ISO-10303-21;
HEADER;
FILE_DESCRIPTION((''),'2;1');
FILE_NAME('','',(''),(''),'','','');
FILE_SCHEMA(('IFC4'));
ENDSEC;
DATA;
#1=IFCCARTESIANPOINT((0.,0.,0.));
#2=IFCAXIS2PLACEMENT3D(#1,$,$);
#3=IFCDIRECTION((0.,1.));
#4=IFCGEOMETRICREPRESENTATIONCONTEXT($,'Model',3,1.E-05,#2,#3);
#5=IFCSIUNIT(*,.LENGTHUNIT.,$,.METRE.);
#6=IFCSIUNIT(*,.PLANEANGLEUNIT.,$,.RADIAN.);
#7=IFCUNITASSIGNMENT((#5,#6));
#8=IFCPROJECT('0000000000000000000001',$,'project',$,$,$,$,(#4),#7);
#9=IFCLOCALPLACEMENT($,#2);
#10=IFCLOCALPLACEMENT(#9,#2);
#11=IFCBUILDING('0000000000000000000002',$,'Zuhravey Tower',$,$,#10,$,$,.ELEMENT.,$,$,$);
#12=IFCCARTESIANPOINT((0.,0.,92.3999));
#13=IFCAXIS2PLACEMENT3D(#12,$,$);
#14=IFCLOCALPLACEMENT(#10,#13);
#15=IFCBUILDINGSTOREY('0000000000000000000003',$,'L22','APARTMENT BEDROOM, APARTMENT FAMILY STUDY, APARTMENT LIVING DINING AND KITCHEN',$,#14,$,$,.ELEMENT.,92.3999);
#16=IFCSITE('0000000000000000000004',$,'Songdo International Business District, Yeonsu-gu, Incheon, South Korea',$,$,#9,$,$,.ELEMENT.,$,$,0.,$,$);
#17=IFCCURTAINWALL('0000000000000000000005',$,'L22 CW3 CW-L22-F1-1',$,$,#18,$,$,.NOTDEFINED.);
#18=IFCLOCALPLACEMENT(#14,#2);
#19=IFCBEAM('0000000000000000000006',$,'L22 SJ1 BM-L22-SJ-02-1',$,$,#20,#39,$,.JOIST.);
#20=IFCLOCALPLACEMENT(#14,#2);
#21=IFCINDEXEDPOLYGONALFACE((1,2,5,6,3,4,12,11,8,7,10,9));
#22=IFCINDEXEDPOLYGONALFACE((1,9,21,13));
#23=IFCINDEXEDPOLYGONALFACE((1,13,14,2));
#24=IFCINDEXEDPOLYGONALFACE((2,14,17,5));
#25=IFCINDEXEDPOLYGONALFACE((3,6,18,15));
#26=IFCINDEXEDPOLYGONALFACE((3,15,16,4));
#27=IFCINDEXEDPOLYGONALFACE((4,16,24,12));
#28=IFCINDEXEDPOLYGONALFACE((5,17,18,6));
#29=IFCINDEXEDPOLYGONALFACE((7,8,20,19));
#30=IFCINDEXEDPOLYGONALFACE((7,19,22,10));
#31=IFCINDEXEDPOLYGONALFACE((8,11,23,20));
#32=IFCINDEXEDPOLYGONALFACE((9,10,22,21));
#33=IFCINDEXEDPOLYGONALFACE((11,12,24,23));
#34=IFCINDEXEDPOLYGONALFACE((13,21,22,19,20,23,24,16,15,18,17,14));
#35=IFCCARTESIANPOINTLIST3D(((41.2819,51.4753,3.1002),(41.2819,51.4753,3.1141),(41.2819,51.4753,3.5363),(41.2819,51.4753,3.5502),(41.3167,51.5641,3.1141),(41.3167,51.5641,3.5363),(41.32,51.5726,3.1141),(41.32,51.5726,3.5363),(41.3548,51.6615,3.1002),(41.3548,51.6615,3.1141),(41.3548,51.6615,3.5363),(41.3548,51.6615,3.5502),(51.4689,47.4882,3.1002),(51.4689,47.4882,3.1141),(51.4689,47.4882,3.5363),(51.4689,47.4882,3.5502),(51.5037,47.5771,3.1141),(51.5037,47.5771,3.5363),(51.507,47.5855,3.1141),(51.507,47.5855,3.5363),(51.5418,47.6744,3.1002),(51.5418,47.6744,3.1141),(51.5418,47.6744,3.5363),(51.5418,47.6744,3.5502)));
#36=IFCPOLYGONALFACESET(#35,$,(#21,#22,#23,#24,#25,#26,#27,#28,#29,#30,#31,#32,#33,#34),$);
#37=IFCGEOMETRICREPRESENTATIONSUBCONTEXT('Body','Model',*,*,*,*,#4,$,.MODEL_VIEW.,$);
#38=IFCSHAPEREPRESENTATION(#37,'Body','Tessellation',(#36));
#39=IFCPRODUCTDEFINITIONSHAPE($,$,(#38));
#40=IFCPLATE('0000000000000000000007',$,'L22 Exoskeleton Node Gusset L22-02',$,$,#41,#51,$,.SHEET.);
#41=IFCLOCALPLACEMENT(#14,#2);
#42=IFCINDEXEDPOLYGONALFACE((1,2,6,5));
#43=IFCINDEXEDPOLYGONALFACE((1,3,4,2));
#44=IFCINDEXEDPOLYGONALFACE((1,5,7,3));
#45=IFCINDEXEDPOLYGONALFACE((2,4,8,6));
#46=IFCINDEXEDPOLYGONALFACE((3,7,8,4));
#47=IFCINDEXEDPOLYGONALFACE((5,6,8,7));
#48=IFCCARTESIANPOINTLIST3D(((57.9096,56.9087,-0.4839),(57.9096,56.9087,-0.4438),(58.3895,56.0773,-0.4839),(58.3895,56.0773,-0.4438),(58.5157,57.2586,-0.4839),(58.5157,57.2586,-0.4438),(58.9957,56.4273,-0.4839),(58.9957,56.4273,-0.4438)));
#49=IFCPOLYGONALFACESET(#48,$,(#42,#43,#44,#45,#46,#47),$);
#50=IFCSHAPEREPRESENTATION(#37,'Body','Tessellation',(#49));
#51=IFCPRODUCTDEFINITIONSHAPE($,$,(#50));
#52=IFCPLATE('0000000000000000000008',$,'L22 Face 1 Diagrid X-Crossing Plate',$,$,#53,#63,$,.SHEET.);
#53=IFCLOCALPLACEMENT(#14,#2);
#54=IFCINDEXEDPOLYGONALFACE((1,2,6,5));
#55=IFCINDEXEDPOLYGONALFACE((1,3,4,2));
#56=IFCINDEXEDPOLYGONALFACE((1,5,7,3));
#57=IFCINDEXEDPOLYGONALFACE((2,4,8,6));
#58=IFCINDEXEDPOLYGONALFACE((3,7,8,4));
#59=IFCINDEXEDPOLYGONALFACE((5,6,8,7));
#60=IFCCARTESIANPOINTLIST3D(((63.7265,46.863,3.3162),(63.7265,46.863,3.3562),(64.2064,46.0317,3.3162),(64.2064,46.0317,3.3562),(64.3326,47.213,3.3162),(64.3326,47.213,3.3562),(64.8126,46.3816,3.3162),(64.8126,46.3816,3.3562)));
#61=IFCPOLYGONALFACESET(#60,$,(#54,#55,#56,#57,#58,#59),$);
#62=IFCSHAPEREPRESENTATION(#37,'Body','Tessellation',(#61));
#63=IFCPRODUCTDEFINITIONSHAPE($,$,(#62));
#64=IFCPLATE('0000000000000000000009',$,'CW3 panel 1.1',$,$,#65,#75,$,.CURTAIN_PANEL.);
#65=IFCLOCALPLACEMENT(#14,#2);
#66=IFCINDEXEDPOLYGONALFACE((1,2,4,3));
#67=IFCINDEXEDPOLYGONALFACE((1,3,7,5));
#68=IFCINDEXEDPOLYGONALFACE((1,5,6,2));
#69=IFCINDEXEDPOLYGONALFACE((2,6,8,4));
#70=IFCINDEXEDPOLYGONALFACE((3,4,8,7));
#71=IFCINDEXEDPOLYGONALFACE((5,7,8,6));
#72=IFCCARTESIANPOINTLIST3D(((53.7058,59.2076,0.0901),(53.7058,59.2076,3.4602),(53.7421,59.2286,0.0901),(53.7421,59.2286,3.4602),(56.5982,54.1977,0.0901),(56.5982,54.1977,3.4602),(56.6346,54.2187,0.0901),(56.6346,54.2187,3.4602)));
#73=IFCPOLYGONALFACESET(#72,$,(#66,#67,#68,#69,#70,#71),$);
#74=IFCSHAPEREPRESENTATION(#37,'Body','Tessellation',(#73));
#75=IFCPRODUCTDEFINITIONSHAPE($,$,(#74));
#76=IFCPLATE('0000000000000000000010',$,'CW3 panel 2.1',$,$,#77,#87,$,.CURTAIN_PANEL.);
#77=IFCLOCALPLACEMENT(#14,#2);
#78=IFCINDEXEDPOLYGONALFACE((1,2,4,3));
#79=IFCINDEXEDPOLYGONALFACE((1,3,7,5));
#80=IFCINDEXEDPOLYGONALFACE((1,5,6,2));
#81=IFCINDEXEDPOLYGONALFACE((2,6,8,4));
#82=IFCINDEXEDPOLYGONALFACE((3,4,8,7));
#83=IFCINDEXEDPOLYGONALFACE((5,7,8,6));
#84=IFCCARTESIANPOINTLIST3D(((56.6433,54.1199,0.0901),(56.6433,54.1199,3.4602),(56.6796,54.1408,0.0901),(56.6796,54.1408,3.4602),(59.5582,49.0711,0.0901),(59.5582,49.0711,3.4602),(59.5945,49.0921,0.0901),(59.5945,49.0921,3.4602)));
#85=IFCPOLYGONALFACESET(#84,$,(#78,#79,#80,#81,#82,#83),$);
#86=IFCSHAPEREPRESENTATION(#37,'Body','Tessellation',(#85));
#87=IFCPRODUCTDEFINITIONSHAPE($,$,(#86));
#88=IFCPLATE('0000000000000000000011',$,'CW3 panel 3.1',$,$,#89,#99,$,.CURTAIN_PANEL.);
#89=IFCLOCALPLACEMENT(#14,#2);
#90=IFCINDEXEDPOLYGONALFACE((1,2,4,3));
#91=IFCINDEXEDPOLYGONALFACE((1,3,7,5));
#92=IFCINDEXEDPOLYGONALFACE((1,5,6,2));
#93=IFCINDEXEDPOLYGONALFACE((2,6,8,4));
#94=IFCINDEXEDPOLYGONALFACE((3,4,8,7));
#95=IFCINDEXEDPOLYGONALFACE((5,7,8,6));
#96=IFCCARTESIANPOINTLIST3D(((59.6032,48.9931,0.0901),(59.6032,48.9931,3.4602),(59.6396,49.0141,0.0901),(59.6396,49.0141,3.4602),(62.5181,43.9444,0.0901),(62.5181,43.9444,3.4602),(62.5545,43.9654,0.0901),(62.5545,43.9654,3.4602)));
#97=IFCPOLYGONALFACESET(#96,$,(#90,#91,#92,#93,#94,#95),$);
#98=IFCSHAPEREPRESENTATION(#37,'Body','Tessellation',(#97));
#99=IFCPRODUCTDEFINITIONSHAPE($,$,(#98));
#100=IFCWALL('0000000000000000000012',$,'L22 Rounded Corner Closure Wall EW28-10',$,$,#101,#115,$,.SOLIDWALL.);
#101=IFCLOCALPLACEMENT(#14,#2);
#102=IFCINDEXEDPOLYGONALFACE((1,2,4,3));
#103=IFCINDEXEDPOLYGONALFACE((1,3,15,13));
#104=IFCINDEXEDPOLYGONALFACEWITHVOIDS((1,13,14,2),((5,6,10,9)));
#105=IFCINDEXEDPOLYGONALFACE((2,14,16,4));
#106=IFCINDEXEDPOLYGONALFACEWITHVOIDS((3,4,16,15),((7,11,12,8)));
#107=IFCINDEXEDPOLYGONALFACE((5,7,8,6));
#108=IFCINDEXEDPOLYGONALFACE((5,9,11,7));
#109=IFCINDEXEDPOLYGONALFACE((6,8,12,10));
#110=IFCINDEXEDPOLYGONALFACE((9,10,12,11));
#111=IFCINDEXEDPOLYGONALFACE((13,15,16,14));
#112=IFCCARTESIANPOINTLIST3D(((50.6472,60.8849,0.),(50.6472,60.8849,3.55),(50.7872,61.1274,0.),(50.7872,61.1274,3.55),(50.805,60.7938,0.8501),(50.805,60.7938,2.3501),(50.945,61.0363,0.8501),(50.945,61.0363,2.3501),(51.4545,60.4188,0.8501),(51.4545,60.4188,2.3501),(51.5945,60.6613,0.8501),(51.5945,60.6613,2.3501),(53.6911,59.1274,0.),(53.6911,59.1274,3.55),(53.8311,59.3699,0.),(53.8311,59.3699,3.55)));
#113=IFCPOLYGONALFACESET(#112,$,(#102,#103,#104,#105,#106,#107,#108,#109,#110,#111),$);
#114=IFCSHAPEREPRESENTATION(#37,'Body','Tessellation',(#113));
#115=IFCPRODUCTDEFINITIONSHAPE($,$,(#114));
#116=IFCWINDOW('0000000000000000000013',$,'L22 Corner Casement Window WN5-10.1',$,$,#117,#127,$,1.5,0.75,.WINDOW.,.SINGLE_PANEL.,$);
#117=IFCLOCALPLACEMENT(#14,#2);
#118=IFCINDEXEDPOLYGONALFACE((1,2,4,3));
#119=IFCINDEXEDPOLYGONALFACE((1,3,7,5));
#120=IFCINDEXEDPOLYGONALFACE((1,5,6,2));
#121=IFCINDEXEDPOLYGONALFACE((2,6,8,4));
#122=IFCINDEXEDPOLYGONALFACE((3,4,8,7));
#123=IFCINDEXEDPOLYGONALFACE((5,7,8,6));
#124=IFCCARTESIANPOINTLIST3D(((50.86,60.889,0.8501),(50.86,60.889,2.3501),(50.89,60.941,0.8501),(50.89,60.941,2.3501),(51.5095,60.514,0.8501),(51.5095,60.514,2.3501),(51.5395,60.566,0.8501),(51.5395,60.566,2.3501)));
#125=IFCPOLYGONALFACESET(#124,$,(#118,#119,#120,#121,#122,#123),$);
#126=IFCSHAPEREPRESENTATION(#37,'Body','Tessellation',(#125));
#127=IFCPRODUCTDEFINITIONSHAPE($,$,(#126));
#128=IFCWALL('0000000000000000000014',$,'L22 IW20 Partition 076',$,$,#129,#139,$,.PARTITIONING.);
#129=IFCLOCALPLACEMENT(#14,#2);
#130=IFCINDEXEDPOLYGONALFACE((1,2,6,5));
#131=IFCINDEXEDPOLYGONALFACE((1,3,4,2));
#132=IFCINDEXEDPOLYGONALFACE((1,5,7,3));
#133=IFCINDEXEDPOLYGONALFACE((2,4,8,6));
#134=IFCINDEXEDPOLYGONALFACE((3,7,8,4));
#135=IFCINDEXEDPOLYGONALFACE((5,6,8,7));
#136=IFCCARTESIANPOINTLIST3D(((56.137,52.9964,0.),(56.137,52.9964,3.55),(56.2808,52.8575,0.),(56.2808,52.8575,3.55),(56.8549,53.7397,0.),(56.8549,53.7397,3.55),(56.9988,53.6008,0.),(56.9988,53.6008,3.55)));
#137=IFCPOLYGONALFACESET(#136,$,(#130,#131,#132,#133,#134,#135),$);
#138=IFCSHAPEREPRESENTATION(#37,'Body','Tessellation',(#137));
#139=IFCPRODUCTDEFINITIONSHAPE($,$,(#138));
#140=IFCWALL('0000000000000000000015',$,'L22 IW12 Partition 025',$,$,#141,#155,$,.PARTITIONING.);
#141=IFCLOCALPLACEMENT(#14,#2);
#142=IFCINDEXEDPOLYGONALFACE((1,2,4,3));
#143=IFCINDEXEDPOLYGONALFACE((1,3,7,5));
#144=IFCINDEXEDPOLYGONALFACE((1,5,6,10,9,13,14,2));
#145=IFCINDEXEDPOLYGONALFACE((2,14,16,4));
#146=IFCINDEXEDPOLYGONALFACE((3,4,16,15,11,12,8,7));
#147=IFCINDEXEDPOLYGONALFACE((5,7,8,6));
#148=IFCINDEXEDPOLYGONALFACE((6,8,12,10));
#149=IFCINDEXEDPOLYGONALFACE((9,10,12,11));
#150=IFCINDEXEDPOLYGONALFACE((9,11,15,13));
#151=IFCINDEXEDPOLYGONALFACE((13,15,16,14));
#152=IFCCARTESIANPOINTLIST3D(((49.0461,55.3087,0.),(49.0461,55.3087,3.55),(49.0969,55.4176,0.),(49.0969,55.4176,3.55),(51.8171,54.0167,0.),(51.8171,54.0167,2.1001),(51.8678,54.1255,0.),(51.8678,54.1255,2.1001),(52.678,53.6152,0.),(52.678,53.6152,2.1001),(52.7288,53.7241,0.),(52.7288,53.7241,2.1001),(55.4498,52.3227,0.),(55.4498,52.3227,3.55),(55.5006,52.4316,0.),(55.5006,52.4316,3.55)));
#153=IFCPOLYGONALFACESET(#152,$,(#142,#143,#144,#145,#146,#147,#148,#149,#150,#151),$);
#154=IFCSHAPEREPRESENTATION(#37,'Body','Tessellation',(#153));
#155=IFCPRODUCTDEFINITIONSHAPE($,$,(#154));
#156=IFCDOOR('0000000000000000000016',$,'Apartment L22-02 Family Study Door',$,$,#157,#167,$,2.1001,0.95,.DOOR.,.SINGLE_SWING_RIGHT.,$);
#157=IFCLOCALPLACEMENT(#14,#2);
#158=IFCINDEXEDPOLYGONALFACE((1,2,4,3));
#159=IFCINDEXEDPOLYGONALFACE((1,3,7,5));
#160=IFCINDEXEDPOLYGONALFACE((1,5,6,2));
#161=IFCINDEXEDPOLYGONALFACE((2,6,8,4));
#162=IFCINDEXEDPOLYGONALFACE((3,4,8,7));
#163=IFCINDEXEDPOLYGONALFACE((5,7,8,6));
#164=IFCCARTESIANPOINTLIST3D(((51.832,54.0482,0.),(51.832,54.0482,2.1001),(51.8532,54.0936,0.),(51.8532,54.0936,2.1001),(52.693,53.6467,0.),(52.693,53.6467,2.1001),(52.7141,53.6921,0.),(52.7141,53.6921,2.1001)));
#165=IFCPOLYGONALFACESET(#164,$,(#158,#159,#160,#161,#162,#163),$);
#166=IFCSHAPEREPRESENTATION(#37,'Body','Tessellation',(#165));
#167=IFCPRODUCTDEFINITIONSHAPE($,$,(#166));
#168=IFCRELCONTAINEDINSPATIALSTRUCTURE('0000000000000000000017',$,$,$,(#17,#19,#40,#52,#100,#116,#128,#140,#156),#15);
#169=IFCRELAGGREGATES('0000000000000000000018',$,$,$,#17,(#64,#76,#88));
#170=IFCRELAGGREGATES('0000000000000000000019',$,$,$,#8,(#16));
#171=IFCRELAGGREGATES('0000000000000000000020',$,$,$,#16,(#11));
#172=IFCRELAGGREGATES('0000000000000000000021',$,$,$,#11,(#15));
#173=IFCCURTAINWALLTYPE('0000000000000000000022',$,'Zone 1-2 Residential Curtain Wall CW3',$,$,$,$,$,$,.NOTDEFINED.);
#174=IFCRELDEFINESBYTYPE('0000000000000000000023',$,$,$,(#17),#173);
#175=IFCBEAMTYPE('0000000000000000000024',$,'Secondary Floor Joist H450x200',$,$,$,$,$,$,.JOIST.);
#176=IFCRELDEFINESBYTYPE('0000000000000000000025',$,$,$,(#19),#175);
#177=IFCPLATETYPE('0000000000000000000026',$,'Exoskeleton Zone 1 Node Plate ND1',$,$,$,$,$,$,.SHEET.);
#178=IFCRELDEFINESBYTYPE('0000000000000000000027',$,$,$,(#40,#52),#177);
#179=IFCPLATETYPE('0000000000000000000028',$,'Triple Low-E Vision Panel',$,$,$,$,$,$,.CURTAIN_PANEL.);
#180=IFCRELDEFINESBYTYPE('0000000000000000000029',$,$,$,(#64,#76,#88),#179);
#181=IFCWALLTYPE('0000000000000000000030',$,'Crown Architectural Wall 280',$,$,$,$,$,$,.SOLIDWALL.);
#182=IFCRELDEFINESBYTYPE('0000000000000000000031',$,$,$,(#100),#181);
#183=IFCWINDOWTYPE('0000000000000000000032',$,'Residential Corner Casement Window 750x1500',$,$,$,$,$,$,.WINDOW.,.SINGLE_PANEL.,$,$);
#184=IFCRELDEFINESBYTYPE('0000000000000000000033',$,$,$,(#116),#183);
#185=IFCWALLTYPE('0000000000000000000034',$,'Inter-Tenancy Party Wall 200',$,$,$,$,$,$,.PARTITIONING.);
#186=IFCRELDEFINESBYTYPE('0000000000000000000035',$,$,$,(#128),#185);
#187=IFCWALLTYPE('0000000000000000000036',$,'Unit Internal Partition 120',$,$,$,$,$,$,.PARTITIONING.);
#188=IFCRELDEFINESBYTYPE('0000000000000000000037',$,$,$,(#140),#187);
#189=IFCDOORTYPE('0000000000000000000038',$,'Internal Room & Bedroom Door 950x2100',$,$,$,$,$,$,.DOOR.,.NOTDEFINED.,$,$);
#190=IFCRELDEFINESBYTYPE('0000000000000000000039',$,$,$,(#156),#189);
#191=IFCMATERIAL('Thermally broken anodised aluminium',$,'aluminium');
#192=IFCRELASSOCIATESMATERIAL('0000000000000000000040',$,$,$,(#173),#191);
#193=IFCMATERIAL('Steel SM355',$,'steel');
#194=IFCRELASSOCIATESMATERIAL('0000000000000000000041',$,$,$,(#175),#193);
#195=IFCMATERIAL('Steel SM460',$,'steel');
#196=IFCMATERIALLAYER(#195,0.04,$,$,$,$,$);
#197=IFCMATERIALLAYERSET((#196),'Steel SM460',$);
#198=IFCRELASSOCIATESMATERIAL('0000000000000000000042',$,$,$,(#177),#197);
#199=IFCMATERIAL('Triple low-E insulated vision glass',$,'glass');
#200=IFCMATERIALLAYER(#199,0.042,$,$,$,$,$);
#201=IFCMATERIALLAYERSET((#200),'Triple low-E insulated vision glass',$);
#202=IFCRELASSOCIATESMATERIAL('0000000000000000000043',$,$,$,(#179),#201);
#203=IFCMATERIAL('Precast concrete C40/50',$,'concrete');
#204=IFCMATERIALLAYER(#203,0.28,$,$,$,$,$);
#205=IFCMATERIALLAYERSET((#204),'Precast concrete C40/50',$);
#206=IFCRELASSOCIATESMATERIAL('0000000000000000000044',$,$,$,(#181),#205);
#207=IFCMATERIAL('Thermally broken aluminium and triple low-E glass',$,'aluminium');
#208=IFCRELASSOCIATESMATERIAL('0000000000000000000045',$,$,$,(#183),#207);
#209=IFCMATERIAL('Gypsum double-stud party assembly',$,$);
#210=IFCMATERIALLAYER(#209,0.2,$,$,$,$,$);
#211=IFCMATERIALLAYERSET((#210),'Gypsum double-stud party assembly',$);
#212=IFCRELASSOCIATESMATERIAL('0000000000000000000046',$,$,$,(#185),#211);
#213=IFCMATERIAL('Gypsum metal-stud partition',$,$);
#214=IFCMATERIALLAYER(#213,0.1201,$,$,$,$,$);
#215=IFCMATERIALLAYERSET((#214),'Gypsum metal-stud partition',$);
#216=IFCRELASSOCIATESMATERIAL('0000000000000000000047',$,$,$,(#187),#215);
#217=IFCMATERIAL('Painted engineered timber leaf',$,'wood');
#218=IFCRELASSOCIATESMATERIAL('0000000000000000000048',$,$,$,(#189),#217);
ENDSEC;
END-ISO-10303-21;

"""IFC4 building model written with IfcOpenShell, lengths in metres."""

from ifc_helpers import new_model, si_unit, direction, frame, frame_2d, origin, origin_2d, place, context, subcontext, project, spatial, rectangle, i_section, extrude, material, layer, layer_set, material_profile, profile_set, type_object, element, fill, aggregate, save


model = new_model("IFC4")

# Units and contexts
model_context = context("Model", 3, precision=1e-05, world=origin(), true_north=direction((0.0, 1.0)))
body_context = subcontext(model_context, "Body", "Model", "MODEL_VIEW")
ifc_project = project(units=[si_unit("LENGTHUNIT", "METRE"), si_unit("PLANEANGLEUNIT", "RADIAN")], contexts=[model_context])

# Site, building, storey
site_placement = place(None, origin())
site = spatial("IfcSite", under=ifc_project, at=site_placement, Name="Songdo International Business District, Yeonsu-gu, Incheon, South Korea", CompositionType="ELEMENT", RefElevation=0.0)
building_placement = place(site_placement, origin())
building = spatial("IfcBuilding", under=site, at=building_placement, Name="Zuhravey Tower", CompositionType="ELEMENT")
storey_placement = place(building_placement, frame((0.0, 0.0, 92.3999)))
storey = spatial("IfcBuildingStorey", under=building, at=storey_placement, Name="L22", Description="APARTMENT BEDROOM, APARTMENT FAMILY STUDY, APARTMENT LIVING DINING AND KITCHEN", CompositionType="ELEMENT", Elevation=92.3999)

# Shared definitions
ifc_material_1 = material(Name="Thermally broken anodised aluminium", Category="aluminium")
curtain_wall_type = type_object("IfcCurtainWallType", Name="Zone 1-2 Residential Curtain Wall CW3", PredefinedType="NOTDEFINED", material=ifc_material_1)

# Curtain wall
curtain_wall_1_placement = place(storey_placement, origin())
curtain_wall_1 = element("IfcCurtainWall", 1, at=curtain_wall_1_placement, inside=storey, type_object=curtain_wall_type, Name="L22 CW3 CW-L22-F1-1", PredefinedType="NOTDEFINED")

# Shared definitions
ifc_material_2 = material(Name="Steel SM460", Category="steel")

# Beam
ifc_material_3 = material(Name="Steel SM355", Category="steel")
ifc_material_profile_1 = material_profile(ifc_material_3, i_section(OverallWidth=0.2, OverallDepth=0.45, WebThickness=0.009, FlangeThickness=0.0139, at=origin_2d()), Name="H-450x200x9x14")
ifc_profile_set_1 = profile_set([ifc_material_profile_1], Name="Steel SM355")
beam_type_1 = type_object("IfcBeamType", Name="Secondary Floor Joist H450x200", PredefinedType="JOIST", material=ifc_profile_set_1)
beam_1_placement = place(storey_placement, frame((51.5054, 47.5813, 3.3252), z_axis=(-0.931217, 0.364466, 0.0), x_axis=(-0.364466, -0.931217, 0.0)))
element("IfcBeam", 2, at=beam_1_placement, inside=storey, type_object=beam_type_1, Name="L22 SJ1 BM-L22-SJ-02-1", PredefinedType="JOIST", context=body_context, shape_type="SweptSolid", body=[
    extrude(i_section(OverallWidth=0.2, OverallDepth=0.45, WebThickness=0.009, FlangeThickness=0.0139, at=origin_2d()), origin(), (0.0, 0.0, 1.0), 10.9395),
])

# Plates
ifc_layer_1 = layer(ifc_material_2, 0.04)
ifc_layer_set_1 = layer_set([ifc_layer_1], Name="Steel SM460")
plate_type_1 = type_object("IfcPlateType", Name="Exoskeleton Zone 1 Node Plate ND1", PredefinedType="SHEET", material=ifc_layer_set_1)
for number, where, z_axis, x_axis, name in (
    (3, (58.4526, 56.668, -0.4839), (0.0, 0.0, 1.0), (-0.5, 0.866025, 0.0), "L22 Exoskeleton Node Gusset L22-02"),
    (4, (64.2695, 46.6223, 3.3162), (0.0, 0.0, 1.0), (-0.5, 0.866025, 0.0), "L22 Face 1 Diagrid X-Crossing Plate"),
):
    element("IfcPlate", number, at=place(storey_placement, frame(where, z_axis=z_axis, x_axis=x_axis)), inside=storey, type_object=plate_type_1, Name=name, PredefinedType="SHEET", context=body_context, shape_type="SweptSolid", body=[
        extrude(rectangle(XDim=0.96, YDim=0.7, at=origin_2d()), origin(), (0.0, 0.0, 1.0), 0.04),
    ])

# Plates
ifc_material_4 = material(Name="Triple low-E insulated vision glass", Category="glass")
ifc_layer_2 = layer(ifc_material_4, 0.042)
ifc_layer_set_2 = layer_set([ifc_layer_2], Name="Triple low-E insulated vision glass")
plate_type_2 = type_object("IfcPlateType", Name="Triple Low-E Vision Panel", PredefinedType="CURTAIN_PANEL", material=ifc_layer_set_2)
plate_1_placement = place(storey_placement, frame((55.1702, 56.7131, 0.0901), z_axis=(0.0, 0.0, 1.0), x_axis=(0.5, -0.866026, 0.0)))
plate_1 = element("IfcPlate", 5, at=plate_1_placement, type_object=plate_type_2, Name="CW3 panel 1.1", PredefinedType="CURTAIN_PANEL", context=body_context, shape_type="SweptSolid", body=[
    extrude(rectangle(XDim=5.7849, YDim=0.042, at=origin_2d()), origin(), (0.0, 0.0, 1.0), 3.3701),
])
plate_2_placement = place(storey_placement, frame((58.1189, 51.606, 0.0901), z_axis=(0.0, 0.0, 1.0), x_axis=(0.5, -0.866026, 0.0)))
plate_2 = element("IfcPlate", 6, at=plate_2_placement, type_object=plate_type_2, Name="CW3 panel 2.1", PredefinedType="CURTAIN_PANEL", context=body_context, shape_type="SweptSolid", body=[
    extrude(rectangle(XDim=5.8298, YDim=0.042, at=origin_2d()), origin(), (0.0, 0.0, 1.0), 3.3701),
])
plate_3_placement = place(storey_placement, frame((61.0789, 46.4792, 0.0901), z_axis=(0.0, 0.0, 1.0), x_axis=(0.5, -0.866026, 0.0)))
plate_3 = element("IfcPlate", 7, at=plate_3_placement, type_object=plate_type_2, Name="CW3 panel 3.1", PredefinedType="CURTAIN_PANEL", context=body_context, shape_type="SweptSolid", body=[
    extrude(rectangle(XDim=5.8298, YDim=0.042, at=origin_2d()), origin(), (0.0, 0.0, 1.0), 3.3701),
])
aggregate(curtain_wall_1, [plate_1, plate_2, plate_3])

# Wall, opening, window
ifc_material_5 = material(Name="Precast concrete C40/50", Category="concrete")
ifc_layer_3 = layer(ifc_material_5, 0.28)
ifc_layer_set_3 = layer_set([ifc_layer_3], Name="Precast concrete C40/50")
wall_type_1 = type_object("IfcWallType", Name="Crown Architectural Wall 280", PredefinedType="SOLIDWALL", material=ifc_layer_set_3)
wall_1_placement = place(storey_placement, frame((50.7173, 61.0061, 0.0), z_axis=(0.0, 0.0, 1.0), x_axis=(0.866007, -0.500031, 0.0)))
wall_1 = element("IfcWall", 8, at=wall_1_placement, inside=storey, type_object=wall_type_1, Name="L22 Rounded Corner Closure Wall EW28-10", PredefinedType="SOLIDWALL", context=body_context, shape_type="SweptSolid", body=[
    extrude(rectangle(XDim=3.5149, YDim=0.28, at=frame_2d((1.7573, 0.0))), origin(), (0.0, 0.0, 1.0), 3.55),
])
opening_1_placement = place(wall_1_placement, frame((0.1821, 0.0, 0.8501)))
opening_1 = element("IfcOpeningElement", 9, at=opening_1_placement, cuts=wall_1, PredefinedType="OPENING", context=body_context, shape_type="SweptSolid", body=[
    extrude(rectangle(XDim=0.75, YDim=1.5, at=frame_2d((0.375, 0.75))), frame((0.0, 0.1521, 0.0), z_axis=(0.0, -1.0, 0.0), x_axis=(1.0, 0.0, 0.0)), (0.0, 0.0, 1.0), 0.304),
])
ifc_material_6 = material(Name="Thermally broken aluminium and triple low-E glass", Category="aluminium")
window_type = type_object("IfcWindowType", Name="Residential Corner Casement Window 750x1500", PartitioningType="SINGLE_PANEL", PredefinedType="WINDOW", material=ifc_material_6)
window_placement = place(opening_1_placement, origin())
window = element("IfcWindow", 10, at=window_placement, inside=storey, type_object=window_type, Name="L22 Corner Casement Window WN5-10.1", OverallHeight=1.5, OverallWidth=0.75, PartitioningType="SINGLE_PANEL", PredefinedType="WINDOW", context=body_context, shape_type="SweptSolid", body=[
    extrude(rectangle(XDim=0.75, YDim=1.5, at=frame_2d((0.375, 0.75))), frame((0.0, 0.03, 0.0), z_axis=(0.0, -1.0, 0.0), x_axis=(1.0, 0.0, 0.0)), (0.0, 0.0, 1.0), 0.0601),
])
fill(opening_1, window)

# Wall
ifc_material_7 = material(Name="Gypsum double-stud party assembly")
ifc_layer_4 = layer(ifc_material_7, 0.2)
ifc_layer_set_4 = layer_set([ifc_layer_4], Name="Gypsum double-stud party assembly")
wall_type_2 = type_object("IfcWallType", Name="Inter-Tenancy Party Wall 200", PredefinedType="PARTITIONING", material=ifc_layer_set_4)
wall_2_placement = place(storey_placement, frame((56.209, 52.927, 0.0), z_axis=(0.0, 0.0, 1.0), x_axis=(0.694717, 0.719283, 0.0)))
element("IfcWall", 11, at=wall_2_placement, inside=storey, type_object=wall_type_2, Name="L22 IW20 Partition 076", PredefinedType="PARTITIONING", context=body_context, shape_type="SweptSolid", body=[
    extrude(rectangle(XDim=1.0334, YDim=0.2, at=frame_2d((0.5166, 0.0))), origin(), (0.0, 0.0, 1.0), 3.55),
])

# Wall, opening, door
ifc_material_8 = material(Name="Gypsum metal-stud partition")
ifc_layer_5 = layer(ifc_material_8, 0.1201)
ifc_layer_set_5 = layer_set([ifc_layer_5], Name="Gypsum metal-stud partition")
wall_type_3 = type_object("IfcWallType", Name="Unit Internal Partition 120", PredefinedType="PARTITIONING", material=ifc_layer_set_5)
wall_3_placement = place(storey_placement, frame((55.4751, 52.3772, 0.0), z_axis=(0.0, 0.0, 1.0), x_axis=(-0.906311, 0.422611, 0.0)))
wall_3 = element("IfcWall", 12, at=wall_3_placement, inside=storey, type_object=wall_type_3, Name="L22 IW12 Partition 025", PredefinedType="PARTITIONING", context=body_context, shape_type="SweptSolid", body=[
    extrude(rectangle(XDim=7.0657, YDim=0.1201, at=frame_2d((3.5327, 0.0))), origin(), (0.0, 0.0, 1.0), 3.55),
])
opening_2_placement = place(wall_3_placement, frame((3.0581, 0.0, 0.0)))
opening_2 = element("IfcOpeningElement", 13, at=opening_2_placement, cuts=wall_3, PredefinedType="OPENING", context=body_context, shape_type="SweptSolid", body=[
    extrude(rectangle(XDim=0.95, YDim=2.1001, at=frame_2d((0.4751, 1.05))), frame((0.0, 0.072, 0.0), z_axis=(0.0, -1.0, 0.0), x_axis=(1.0, 0.0, 0.0)), (0.0, 0.0, 1.0), 0.144),
])
ifc_material_9 = material(Name="Painted engineered timber leaf", Category="wood")
door_type = type_object("IfcDoorType", Name="Internal Room & Bedroom Door 950x2100", OperationType="NOTDEFINED", PredefinedType="DOOR", material=ifc_material_9)
door_1_placement = place(opening_2_placement, frame((0.95, 0.0, 0.0), z_axis=(0.0, 0.0, 1.0), x_axis=(-1.0, 0.0, 0.0)))
door_1 = element("IfcDoor", 14, at=door_1_placement, inside=storey, type_object=door_type, Name="Apartment L22-02 Family Study Door", OperationType="SINGLE_SWING_RIGHT", OverallHeight=2.1001, OverallWidth=0.95, PredefinedType="DOOR", context=body_context, shape_type="SweptSolid", body=[
    extrude(rectangle(XDim=0.95, YDim=2.1001, at=frame_2d((0.4751, 1.05))), frame((0.0, 0.0249, 0.0), z_axis=(0.0, -1.0, 0.0), x_axis=(1.0, 0.0, 0.0)), (0.0, 0.0, 1.0), 0.05),
])
fill(opening_2, door_1)

save(model, "model.ifc")
